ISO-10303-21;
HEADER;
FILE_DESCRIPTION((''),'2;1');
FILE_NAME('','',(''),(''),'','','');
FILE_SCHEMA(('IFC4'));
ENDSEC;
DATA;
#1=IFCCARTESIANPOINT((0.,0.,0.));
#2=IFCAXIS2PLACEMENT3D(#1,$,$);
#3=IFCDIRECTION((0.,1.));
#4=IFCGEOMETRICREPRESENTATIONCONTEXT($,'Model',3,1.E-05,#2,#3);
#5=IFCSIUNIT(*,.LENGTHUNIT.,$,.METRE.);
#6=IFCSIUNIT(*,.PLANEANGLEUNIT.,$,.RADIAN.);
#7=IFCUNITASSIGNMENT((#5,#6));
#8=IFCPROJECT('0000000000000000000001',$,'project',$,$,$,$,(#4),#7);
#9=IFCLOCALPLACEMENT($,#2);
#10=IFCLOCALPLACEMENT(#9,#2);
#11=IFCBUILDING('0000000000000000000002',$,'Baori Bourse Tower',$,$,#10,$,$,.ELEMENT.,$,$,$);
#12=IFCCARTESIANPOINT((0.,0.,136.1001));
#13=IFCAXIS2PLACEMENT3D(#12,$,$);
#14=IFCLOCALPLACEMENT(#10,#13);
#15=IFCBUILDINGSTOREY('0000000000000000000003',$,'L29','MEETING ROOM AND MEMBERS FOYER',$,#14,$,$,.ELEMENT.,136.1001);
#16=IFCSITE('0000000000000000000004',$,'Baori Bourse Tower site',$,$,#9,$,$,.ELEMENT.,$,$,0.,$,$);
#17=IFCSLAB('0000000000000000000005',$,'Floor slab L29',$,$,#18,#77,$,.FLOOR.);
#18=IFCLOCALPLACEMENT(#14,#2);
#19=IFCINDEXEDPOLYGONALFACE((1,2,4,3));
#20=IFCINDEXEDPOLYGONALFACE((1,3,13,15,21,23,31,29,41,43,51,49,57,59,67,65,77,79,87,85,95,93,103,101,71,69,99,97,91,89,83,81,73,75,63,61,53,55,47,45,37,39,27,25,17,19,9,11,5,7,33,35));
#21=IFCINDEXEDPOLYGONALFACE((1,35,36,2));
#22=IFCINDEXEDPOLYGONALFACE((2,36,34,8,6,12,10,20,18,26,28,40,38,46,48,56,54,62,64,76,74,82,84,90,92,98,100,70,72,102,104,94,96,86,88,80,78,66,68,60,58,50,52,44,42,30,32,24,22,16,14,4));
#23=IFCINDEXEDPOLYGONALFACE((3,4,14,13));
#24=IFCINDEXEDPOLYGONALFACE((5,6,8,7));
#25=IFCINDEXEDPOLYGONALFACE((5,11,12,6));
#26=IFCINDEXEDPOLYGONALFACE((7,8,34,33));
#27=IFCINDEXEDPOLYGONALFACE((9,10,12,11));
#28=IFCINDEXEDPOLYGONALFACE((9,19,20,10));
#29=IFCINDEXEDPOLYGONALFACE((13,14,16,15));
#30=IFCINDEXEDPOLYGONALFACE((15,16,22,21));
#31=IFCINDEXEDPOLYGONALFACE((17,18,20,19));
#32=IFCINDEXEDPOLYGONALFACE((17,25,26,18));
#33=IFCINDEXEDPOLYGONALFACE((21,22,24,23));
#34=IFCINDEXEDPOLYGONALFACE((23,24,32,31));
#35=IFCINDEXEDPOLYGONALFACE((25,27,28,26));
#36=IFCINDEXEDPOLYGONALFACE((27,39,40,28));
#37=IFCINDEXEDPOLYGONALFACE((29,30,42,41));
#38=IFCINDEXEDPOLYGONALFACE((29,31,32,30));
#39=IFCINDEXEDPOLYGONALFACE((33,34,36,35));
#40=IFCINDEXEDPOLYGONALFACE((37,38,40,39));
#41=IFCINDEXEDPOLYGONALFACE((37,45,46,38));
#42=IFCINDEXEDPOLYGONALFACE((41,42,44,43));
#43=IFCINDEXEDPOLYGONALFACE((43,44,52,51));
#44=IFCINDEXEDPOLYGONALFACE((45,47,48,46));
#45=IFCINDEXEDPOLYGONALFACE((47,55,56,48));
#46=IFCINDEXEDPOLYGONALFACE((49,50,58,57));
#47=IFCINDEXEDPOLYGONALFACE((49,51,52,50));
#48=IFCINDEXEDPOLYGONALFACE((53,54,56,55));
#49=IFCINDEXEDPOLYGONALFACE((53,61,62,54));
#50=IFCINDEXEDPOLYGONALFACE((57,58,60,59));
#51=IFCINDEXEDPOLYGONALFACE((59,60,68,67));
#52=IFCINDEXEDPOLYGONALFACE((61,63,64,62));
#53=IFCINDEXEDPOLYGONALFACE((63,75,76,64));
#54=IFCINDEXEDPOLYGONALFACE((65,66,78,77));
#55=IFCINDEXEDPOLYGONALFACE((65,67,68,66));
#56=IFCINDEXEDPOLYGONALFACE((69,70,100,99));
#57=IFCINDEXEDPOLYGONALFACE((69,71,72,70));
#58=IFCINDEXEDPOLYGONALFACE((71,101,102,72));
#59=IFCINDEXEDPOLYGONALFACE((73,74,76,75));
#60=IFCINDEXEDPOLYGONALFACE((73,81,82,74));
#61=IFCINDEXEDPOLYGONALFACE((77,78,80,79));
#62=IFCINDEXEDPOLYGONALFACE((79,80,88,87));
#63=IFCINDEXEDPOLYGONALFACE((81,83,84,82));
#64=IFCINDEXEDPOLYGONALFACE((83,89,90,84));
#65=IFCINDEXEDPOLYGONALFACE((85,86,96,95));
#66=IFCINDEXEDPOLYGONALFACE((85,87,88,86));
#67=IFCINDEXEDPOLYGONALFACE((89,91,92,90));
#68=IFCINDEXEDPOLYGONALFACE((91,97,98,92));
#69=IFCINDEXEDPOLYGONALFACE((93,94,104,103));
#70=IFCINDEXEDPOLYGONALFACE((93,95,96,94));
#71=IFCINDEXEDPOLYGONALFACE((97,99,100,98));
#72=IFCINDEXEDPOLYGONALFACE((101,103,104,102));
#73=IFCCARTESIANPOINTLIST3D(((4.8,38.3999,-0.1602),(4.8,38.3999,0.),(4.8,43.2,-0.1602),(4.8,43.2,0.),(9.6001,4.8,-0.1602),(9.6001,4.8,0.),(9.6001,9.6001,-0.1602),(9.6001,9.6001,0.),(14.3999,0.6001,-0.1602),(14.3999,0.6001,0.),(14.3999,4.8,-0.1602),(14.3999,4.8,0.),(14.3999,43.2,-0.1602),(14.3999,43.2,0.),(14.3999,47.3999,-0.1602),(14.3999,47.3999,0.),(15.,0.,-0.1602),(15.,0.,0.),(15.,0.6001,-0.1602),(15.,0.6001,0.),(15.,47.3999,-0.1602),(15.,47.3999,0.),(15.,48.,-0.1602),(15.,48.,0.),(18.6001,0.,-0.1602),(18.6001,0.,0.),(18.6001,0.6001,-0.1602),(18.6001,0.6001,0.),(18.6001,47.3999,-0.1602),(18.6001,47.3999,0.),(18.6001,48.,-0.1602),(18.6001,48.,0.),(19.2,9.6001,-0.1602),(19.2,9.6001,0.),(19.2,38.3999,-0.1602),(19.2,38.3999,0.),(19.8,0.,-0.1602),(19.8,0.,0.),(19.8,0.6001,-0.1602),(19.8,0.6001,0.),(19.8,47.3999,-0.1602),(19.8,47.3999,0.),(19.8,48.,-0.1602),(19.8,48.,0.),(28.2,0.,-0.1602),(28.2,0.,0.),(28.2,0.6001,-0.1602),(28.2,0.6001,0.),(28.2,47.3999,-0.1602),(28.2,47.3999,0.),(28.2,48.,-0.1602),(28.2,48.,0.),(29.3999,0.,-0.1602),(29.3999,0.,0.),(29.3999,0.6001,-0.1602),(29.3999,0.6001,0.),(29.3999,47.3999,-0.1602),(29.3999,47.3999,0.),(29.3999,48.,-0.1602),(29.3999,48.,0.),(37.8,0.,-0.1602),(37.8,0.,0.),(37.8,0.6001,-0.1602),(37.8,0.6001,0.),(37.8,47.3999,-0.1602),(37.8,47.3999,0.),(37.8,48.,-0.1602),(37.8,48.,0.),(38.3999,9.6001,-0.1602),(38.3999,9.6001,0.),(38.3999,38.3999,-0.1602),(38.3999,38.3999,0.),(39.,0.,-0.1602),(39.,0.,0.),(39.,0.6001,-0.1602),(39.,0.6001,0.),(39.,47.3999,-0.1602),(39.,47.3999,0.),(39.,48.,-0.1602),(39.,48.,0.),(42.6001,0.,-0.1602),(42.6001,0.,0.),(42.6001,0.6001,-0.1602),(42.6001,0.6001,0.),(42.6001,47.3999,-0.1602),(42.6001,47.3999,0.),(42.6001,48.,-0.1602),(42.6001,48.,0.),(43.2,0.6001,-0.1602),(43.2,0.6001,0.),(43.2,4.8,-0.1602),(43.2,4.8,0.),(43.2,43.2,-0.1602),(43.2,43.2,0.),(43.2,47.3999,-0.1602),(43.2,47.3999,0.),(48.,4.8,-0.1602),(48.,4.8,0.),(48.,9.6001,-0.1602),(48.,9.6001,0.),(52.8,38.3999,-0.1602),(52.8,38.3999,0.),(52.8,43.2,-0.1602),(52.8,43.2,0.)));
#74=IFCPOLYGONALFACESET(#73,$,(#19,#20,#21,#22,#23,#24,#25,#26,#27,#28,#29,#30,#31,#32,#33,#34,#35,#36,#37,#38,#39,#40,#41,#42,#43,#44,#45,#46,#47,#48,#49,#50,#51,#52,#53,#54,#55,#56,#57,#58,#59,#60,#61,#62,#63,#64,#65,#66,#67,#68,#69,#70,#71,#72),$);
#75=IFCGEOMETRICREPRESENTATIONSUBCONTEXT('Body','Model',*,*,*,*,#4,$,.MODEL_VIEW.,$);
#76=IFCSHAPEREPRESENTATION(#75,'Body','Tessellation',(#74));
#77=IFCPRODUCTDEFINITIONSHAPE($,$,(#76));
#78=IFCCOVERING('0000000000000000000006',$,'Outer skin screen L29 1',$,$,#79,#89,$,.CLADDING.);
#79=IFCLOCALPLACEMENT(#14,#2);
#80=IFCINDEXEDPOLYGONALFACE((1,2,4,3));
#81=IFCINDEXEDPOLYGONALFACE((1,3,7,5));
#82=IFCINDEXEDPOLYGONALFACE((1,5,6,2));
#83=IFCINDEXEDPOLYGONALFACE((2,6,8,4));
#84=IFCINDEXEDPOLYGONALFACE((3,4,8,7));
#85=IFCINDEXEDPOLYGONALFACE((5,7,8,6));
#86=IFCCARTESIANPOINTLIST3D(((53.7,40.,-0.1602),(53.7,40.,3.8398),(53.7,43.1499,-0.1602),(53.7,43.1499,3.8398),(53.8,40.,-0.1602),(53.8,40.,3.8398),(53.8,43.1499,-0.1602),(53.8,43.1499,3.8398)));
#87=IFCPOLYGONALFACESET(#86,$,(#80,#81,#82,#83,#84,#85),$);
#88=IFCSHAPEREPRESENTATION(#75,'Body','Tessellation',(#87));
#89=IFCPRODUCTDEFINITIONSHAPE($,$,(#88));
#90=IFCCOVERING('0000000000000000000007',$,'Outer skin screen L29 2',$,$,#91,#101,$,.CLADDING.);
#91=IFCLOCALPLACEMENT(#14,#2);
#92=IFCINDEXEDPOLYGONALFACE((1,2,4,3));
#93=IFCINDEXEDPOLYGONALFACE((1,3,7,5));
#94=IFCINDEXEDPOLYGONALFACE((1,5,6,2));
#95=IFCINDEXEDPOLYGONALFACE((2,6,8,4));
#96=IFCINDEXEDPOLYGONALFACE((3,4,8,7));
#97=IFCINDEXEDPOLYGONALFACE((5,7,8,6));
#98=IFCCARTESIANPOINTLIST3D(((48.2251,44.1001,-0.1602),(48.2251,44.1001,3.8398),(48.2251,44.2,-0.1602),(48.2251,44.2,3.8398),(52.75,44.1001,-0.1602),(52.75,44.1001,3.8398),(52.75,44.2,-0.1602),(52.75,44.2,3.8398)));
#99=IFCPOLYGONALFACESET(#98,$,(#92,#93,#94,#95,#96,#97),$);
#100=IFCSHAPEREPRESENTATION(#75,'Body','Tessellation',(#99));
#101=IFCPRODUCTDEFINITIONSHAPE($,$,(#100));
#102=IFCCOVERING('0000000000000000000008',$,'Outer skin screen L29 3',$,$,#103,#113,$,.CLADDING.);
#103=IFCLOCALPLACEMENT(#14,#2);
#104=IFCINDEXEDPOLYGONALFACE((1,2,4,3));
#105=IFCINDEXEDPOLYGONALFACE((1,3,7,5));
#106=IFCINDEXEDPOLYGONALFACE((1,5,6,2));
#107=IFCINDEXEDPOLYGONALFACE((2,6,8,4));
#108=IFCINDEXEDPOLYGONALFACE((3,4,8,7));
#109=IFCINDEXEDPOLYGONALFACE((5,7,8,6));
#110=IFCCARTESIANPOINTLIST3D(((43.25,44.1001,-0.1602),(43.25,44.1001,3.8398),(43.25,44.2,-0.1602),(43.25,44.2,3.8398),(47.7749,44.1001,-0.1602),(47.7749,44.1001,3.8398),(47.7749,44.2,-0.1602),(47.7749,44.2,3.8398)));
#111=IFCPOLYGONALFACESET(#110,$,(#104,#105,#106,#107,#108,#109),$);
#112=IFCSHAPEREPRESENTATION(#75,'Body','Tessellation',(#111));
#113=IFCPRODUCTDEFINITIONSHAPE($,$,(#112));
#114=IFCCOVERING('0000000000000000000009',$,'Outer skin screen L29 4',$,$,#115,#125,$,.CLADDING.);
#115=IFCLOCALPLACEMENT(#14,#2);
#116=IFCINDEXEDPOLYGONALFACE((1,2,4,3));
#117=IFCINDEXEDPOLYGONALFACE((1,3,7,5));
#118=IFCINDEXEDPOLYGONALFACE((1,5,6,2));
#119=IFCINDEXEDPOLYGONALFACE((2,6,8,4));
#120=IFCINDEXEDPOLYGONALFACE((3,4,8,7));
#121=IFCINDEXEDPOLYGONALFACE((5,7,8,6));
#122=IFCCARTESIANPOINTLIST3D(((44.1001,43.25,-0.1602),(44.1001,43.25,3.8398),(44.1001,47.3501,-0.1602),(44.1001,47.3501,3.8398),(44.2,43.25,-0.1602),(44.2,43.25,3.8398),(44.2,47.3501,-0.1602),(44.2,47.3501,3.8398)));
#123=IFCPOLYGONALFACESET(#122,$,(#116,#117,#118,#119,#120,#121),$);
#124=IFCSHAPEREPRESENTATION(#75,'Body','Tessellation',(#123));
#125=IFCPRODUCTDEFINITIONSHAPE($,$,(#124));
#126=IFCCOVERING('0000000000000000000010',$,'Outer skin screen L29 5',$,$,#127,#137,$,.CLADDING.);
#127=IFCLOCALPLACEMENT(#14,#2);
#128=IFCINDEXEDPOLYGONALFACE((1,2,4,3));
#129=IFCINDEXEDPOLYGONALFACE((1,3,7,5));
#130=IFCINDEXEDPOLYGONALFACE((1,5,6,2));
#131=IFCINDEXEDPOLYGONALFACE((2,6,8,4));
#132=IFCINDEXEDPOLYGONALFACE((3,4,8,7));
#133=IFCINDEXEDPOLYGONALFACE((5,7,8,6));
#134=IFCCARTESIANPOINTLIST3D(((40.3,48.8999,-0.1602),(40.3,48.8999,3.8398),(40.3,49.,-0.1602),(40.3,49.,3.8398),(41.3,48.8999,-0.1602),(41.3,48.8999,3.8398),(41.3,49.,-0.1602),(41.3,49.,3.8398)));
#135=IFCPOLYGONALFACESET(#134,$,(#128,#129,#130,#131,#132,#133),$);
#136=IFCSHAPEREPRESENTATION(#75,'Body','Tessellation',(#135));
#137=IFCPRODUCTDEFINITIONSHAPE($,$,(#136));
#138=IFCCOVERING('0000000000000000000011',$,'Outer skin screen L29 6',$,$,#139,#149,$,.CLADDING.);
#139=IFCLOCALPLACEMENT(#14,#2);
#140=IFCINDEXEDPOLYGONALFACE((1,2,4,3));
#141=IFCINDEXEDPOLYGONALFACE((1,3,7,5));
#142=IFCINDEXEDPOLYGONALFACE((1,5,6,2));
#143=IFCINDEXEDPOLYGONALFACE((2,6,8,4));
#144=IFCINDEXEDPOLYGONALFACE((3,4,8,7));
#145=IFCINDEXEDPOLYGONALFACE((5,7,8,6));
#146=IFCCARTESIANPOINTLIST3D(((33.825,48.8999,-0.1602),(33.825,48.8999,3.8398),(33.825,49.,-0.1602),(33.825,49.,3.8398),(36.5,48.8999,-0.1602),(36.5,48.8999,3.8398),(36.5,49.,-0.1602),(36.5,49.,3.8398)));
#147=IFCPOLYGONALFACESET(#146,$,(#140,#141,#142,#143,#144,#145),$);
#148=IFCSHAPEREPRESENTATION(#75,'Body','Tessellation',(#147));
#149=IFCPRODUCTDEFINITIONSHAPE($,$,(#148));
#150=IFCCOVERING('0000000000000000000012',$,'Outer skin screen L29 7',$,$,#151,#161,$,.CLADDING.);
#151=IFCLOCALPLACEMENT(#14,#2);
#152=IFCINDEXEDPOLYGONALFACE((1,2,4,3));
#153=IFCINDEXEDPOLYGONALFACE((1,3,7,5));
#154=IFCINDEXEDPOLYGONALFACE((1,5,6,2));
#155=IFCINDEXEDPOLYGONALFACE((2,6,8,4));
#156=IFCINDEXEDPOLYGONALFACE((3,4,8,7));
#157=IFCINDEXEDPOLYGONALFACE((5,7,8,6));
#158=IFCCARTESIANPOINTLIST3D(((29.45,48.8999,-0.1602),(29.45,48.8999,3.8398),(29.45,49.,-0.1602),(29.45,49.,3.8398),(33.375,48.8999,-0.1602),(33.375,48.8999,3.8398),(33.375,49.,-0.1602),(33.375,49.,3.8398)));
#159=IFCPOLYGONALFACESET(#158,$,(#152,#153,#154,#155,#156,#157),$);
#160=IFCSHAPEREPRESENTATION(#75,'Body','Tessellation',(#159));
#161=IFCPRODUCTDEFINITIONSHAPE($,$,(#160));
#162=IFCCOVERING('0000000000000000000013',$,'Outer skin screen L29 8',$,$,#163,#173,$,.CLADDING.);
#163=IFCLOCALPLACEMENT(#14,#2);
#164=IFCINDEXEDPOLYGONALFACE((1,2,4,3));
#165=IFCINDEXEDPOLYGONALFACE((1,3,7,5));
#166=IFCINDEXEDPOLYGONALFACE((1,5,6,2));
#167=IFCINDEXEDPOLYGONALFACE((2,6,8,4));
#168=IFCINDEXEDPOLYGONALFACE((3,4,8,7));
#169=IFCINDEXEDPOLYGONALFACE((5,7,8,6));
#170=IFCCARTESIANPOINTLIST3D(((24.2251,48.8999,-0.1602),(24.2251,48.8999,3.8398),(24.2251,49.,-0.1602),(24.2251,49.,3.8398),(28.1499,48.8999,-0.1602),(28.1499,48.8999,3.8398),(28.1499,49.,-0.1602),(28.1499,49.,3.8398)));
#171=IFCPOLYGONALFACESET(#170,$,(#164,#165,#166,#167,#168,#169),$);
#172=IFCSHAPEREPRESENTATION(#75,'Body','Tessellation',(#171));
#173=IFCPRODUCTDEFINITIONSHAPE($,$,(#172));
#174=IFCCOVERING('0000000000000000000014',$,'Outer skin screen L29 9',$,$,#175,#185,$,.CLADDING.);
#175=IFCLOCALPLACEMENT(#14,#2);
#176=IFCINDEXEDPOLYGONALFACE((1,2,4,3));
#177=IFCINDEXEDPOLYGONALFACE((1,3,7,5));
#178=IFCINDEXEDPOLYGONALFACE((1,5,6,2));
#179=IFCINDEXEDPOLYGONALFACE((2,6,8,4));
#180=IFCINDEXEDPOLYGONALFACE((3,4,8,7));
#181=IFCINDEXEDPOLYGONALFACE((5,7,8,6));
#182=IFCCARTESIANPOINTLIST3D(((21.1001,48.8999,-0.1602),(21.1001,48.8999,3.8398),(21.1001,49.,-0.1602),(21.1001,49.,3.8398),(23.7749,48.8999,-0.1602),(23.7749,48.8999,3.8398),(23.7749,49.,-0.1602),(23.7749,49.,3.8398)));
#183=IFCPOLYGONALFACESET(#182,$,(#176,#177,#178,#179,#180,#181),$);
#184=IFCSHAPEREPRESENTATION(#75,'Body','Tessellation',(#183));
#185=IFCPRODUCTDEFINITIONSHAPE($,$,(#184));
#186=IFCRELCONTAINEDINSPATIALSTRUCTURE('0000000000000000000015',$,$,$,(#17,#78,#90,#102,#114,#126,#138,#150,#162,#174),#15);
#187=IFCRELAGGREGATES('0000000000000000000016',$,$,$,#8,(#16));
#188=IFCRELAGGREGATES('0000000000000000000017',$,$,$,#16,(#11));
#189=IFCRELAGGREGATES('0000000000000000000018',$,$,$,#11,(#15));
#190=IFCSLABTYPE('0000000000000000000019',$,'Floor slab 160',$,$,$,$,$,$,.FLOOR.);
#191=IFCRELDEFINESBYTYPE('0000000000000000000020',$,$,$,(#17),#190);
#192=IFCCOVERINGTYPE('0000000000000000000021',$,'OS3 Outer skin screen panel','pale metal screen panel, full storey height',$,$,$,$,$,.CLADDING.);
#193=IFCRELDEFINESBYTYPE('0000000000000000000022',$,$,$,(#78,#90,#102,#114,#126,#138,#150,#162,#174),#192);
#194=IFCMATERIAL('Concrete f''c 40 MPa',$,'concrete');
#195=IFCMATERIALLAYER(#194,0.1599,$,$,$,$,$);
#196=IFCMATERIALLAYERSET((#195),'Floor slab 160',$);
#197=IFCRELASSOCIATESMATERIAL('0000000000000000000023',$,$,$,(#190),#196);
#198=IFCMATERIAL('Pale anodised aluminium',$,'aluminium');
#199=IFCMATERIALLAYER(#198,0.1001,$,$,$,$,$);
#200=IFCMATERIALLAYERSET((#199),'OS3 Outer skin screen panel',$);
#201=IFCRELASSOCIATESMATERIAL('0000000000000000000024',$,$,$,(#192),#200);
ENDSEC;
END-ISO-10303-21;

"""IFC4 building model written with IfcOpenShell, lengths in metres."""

from ifc_helpers import new_model, si_unit, direction, frame, origin, place, context, subcontext, project, spatial, polyline, outline, extrude, material, layer, layer_set, type_object, element, save


model = new_model("IFC4")

# Units and contexts
model_context = context("Model", 3, precision=1e-05, world=origin(), true_north=direction((0.0, 1.0)))
body_context = subcontext(model_context, "Body", "Model", "MODEL_VIEW")
ifc_project = project(units=[si_unit("LENGTHUNIT", "METRE"), si_unit("PLANEANGLEUNIT", "RADIAN")], contexts=[model_context])

# Site, building, storey
site_placement = place(None, origin())
site = spatial("IfcSite", under=ifc_project, at=site_placement, Name="Baori Bourse Tower site", CompositionType="ELEMENT", RefElevation=0.0)
building_placement = place(site_placement, origin())
building = spatial("IfcBuilding", under=site, at=building_placement, Name="Baori Bourse Tower", CompositionType="ELEMENT")
storey_placement = place(building_placement, frame((0.0, 0.0, 136.1001)))
storey = spatial("IfcBuildingStorey", under=building, at=storey_placement, Name="L29", Description="MEETING ROOM AND MEMBERS FOYER", CompositionType="ELEMENT", Elevation=136.1001)

# Slab
ifc_material_1 = material(Name="Concrete f'c 40 MPa", Category="concrete")
ifc_layer_1 = layer(ifc_material_1, 0.1599)
ifc_layer_set_1 = layer_set([ifc_layer_1], Name="Floor slab 160")
slab_type_1 = type_object("IfcSlabType", Name="Floor slab 160", PredefinedType="FLOOR", material=ifc_layer_set_1)
slab_1_placement = place(storey_placement, frame((0.0, 0.0, -0.1602)))
element("IfcSlab", 1, at=slab_1_placement, inside=storey, type_object=slab_type_1, Name="Floor slab L29", PredefinedType="FLOOR", context=body_context, shape_type="SweptSolid", body=[
    extrude(outline(polyline([(14.3999, 4.8), (9.6001, 4.8), (9.6001, 9.6001), (19.2, 9.6001), (19.2, 38.3999), (4.8, 38.3999), (4.8, 43.2), (14.3999, 43.2), (14.3999, 47.3999), (15.0, 47.3999), (15.0, 48.0), (18.6001, 48.0), (18.6001, 47.3999), (19.8, 47.3999), (19.8, 48.0), (28.2, 48.0), (28.2, 47.3999), (29.3999, 47.3999), (29.3999, 48.0), (37.8, 48.0), (37.8, 47.3999), (39.0, 47.3999), (39.0, 48.0), (42.6001, 48.0), (42.6001, 47.3999), (43.2, 47.3999), (43.2, 43.2), (52.8, 43.2), (52.8, 38.3999), (38.3999, 38.3999), (38.3999, 9.6001), (48.0, 9.6001), (48.0, 4.8), (43.2, 4.8), (43.2, 0.6001), (42.6001, 0.6001), (42.6001, 0.0), (39.0, 0.0), (39.0, 0.6001), (37.8, 0.6001), (37.8, 0.0), (29.3999, 0.0), (29.3999, 0.6001), (28.2, 0.6001), (28.2, 0.0), (19.8, 0.0), (19.8, 0.6001), (18.6001, 0.6001), (18.6001, 0.0), (15.0, 0.0), (15.0, 0.6001), (14.3999, 0.6001), (14.3999, 4.8)])), origin(), (0.0, 0.0, 1.0), 0.1602),
])

# Coverings
ifc_material_2 = material(Name="Pale anodised aluminium", Category="aluminium")
ifc_layer_2 = layer(ifc_material_2, 0.1001)
ifc_layer_set_2 = layer_set([ifc_layer_2], Name="OS3 Outer skin screen panel")
covering_type = type_object("IfcCoveringType", Name="OS3 Outer skin screen panel", Description="pale metal screen panel, full storey height", PredefinedType="CLADDING", material=ifc_layer_set_2)
covering_1_placement = place(storey_placement, frame((0.0, 0.0, -0.1602)))
element("IfcCovering", 2, at=covering_1_placement, inside=storey, type_object=covering_type, Name="Outer skin screen L29 1", PredefinedType="CLADDING", context=body_context, shape_type="SweptSolid", body=[
    extrude(outline(polyline([(53.7, 43.1499), (53.7, 40.0), (53.8, 40.0), (53.8, 43.1499), (53.7, 43.1499)])), origin(), (0.0, 0.0, 1.0), 4.0),
])
covering_2_placement = place(storey_placement, frame((0.0, 0.0, -0.1602)))
element("IfcCovering", 3, at=covering_2_placement, inside=storey, type_object=covering_type, Name="Outer skin screen L29 2", PredefinedType="CLADDING", context=body_context, shape_type="SweptSolid", body=[
    extrude(outline(polyline([(48.2251, 44.1001), (52.75, 44.1001), (52.75, 44.2), (48.2251, 44.2), (48.2251, 44.1001)])), origin(), (0.0, 0.0, 1.0), 4.0),
])
covering_3_placement = place(storey_placement, frame((0.0, 0.0, -0.1602)))
element("IfcCovering", 4, at=covering_3_placement, inside=storey, type_object=covering_type, Name="Outer skin screen L29 3", PredefinedType="CLADDING", context=body_context, shape_type="SweptSolid", body=[
    extrude(outline(polyline([(43.25, 44.1001), (47.7749, 44.1001), (47.7749, 44.2), (43.25, 44.2), (43.25, 44.1001)])), origin(), (0.0, 0.0, 1.0), 4.0),
])
covering_4_placement = place(storey_placement, frame((0.0, 0.0, -0.1602)))
element("IfcCovering", 5, at=covering_4_placement, inside=storey, type_object=covering_type, Name="Outer skin screen L29 4", PredefinedType="CLADDING", context=body_context, shape_type="SweptSolid", body=[
    extrude(outline(polyline([(44.1001, 47.3501), (44.1001, 43.25), (44.2, 43.25), (44.2, 47.3501), (44.1001, 47.3501)])), origin(), (0.0, 0.0, 1.0), 4.0),
])
covering_5_placement = place(storey_placement, frame((0.0, 0.0, -0.1602)))
element("IfcCovering", 6, at=covering_5_placement, inside=storey, type_object=covering_type, Name="Outer skin screen L29 5", PredefinedType="CLADDING", context=body_context, shape_type="SweptSolid", body=[
    extrude(outline(polyline([(40.3, 48.8999), (41.3, 48.8999), (41.3, 49.0), (40.3, 49.0), (40.3, 48.8999)])), origin(), (0.0, 0.0, 1.0), 4.0),
])
covering_6_placement = place(storey_placement, frame((0.0, 0.0, -0.1602)))
element("IfcCovering", 7, at=covering_6_placement, inside=storey, type_object=covering_type, Name="Outer skin screen L29 6", PredefinedType="CLADDING", context=body_context, shape_type="SweptSolid", body=[
    extrude(outline(polyline([(33.825, 48.8999), (36.5, 48.8999), (36.5, 49.0), (33.825, 49.0), (33.825, 48.8999)])), origin(), (0.0, 0.0, 1.0), 4.0),
])
covering_7_placement = place(storey_placement, frame((0.0, 0.0, -0.1602)))
element("IfcCovering", 8, at=covering_7_placement, inside=storey, type_object=covering_type, Name="Outer skin screen L29 7", PredefinedType="CLADDING", context=body_context, shape_type="SweptSolid", body=[
    extrude(outline(polyline([(29.45, 48.8999), (33.375, 48.8999), (33.375, 49.0), (29.45, 49.0), (29.45, 48.8999)])), origin(), (0.0, 0.0, 1.0), 4.0),
])
covering_8_placement = place(storey_placement, frame((0.0, 0.0, -0.1602)))
element("IfcCovering", 9, at=covering_8_placement, inside=storey, type_object=covering_type, Name="Outer skin screen L29 8", PredefinedType="CLADDING", context=body_context, shape_type="SweptSolid", body=[
    extrude(outline(polyline([(24.2251, 48.8999), (28.1499, 48.8999), (28.1499, 49.0), (24.2251, 49.0), (24.2251, 48.8999)])), origin(), (0.0, 0.0, 1.0), 4.0),
])
covering_9_placement = place(storey_placement, frame((0.0, 0.0, -0.1602)))
element("IfcCovering", 10, at=covering_9_placement, inside=storey, type_object=covering_type, Name="Outer skin screen L29 9", PredefinedType="CLADDING", context=body_context, shape_type="SweptSolid", body=[
    extrude(outline(polyline([(21.1001, 48.8999), (23.7749, 48.8999), (23.7749, 49.0), (21.1001, 49.0), (21.1001, 48.8999)])), origin(), (0.0, 0.0, 1.0), 4.0),
])

save(model, "model.ifc")
